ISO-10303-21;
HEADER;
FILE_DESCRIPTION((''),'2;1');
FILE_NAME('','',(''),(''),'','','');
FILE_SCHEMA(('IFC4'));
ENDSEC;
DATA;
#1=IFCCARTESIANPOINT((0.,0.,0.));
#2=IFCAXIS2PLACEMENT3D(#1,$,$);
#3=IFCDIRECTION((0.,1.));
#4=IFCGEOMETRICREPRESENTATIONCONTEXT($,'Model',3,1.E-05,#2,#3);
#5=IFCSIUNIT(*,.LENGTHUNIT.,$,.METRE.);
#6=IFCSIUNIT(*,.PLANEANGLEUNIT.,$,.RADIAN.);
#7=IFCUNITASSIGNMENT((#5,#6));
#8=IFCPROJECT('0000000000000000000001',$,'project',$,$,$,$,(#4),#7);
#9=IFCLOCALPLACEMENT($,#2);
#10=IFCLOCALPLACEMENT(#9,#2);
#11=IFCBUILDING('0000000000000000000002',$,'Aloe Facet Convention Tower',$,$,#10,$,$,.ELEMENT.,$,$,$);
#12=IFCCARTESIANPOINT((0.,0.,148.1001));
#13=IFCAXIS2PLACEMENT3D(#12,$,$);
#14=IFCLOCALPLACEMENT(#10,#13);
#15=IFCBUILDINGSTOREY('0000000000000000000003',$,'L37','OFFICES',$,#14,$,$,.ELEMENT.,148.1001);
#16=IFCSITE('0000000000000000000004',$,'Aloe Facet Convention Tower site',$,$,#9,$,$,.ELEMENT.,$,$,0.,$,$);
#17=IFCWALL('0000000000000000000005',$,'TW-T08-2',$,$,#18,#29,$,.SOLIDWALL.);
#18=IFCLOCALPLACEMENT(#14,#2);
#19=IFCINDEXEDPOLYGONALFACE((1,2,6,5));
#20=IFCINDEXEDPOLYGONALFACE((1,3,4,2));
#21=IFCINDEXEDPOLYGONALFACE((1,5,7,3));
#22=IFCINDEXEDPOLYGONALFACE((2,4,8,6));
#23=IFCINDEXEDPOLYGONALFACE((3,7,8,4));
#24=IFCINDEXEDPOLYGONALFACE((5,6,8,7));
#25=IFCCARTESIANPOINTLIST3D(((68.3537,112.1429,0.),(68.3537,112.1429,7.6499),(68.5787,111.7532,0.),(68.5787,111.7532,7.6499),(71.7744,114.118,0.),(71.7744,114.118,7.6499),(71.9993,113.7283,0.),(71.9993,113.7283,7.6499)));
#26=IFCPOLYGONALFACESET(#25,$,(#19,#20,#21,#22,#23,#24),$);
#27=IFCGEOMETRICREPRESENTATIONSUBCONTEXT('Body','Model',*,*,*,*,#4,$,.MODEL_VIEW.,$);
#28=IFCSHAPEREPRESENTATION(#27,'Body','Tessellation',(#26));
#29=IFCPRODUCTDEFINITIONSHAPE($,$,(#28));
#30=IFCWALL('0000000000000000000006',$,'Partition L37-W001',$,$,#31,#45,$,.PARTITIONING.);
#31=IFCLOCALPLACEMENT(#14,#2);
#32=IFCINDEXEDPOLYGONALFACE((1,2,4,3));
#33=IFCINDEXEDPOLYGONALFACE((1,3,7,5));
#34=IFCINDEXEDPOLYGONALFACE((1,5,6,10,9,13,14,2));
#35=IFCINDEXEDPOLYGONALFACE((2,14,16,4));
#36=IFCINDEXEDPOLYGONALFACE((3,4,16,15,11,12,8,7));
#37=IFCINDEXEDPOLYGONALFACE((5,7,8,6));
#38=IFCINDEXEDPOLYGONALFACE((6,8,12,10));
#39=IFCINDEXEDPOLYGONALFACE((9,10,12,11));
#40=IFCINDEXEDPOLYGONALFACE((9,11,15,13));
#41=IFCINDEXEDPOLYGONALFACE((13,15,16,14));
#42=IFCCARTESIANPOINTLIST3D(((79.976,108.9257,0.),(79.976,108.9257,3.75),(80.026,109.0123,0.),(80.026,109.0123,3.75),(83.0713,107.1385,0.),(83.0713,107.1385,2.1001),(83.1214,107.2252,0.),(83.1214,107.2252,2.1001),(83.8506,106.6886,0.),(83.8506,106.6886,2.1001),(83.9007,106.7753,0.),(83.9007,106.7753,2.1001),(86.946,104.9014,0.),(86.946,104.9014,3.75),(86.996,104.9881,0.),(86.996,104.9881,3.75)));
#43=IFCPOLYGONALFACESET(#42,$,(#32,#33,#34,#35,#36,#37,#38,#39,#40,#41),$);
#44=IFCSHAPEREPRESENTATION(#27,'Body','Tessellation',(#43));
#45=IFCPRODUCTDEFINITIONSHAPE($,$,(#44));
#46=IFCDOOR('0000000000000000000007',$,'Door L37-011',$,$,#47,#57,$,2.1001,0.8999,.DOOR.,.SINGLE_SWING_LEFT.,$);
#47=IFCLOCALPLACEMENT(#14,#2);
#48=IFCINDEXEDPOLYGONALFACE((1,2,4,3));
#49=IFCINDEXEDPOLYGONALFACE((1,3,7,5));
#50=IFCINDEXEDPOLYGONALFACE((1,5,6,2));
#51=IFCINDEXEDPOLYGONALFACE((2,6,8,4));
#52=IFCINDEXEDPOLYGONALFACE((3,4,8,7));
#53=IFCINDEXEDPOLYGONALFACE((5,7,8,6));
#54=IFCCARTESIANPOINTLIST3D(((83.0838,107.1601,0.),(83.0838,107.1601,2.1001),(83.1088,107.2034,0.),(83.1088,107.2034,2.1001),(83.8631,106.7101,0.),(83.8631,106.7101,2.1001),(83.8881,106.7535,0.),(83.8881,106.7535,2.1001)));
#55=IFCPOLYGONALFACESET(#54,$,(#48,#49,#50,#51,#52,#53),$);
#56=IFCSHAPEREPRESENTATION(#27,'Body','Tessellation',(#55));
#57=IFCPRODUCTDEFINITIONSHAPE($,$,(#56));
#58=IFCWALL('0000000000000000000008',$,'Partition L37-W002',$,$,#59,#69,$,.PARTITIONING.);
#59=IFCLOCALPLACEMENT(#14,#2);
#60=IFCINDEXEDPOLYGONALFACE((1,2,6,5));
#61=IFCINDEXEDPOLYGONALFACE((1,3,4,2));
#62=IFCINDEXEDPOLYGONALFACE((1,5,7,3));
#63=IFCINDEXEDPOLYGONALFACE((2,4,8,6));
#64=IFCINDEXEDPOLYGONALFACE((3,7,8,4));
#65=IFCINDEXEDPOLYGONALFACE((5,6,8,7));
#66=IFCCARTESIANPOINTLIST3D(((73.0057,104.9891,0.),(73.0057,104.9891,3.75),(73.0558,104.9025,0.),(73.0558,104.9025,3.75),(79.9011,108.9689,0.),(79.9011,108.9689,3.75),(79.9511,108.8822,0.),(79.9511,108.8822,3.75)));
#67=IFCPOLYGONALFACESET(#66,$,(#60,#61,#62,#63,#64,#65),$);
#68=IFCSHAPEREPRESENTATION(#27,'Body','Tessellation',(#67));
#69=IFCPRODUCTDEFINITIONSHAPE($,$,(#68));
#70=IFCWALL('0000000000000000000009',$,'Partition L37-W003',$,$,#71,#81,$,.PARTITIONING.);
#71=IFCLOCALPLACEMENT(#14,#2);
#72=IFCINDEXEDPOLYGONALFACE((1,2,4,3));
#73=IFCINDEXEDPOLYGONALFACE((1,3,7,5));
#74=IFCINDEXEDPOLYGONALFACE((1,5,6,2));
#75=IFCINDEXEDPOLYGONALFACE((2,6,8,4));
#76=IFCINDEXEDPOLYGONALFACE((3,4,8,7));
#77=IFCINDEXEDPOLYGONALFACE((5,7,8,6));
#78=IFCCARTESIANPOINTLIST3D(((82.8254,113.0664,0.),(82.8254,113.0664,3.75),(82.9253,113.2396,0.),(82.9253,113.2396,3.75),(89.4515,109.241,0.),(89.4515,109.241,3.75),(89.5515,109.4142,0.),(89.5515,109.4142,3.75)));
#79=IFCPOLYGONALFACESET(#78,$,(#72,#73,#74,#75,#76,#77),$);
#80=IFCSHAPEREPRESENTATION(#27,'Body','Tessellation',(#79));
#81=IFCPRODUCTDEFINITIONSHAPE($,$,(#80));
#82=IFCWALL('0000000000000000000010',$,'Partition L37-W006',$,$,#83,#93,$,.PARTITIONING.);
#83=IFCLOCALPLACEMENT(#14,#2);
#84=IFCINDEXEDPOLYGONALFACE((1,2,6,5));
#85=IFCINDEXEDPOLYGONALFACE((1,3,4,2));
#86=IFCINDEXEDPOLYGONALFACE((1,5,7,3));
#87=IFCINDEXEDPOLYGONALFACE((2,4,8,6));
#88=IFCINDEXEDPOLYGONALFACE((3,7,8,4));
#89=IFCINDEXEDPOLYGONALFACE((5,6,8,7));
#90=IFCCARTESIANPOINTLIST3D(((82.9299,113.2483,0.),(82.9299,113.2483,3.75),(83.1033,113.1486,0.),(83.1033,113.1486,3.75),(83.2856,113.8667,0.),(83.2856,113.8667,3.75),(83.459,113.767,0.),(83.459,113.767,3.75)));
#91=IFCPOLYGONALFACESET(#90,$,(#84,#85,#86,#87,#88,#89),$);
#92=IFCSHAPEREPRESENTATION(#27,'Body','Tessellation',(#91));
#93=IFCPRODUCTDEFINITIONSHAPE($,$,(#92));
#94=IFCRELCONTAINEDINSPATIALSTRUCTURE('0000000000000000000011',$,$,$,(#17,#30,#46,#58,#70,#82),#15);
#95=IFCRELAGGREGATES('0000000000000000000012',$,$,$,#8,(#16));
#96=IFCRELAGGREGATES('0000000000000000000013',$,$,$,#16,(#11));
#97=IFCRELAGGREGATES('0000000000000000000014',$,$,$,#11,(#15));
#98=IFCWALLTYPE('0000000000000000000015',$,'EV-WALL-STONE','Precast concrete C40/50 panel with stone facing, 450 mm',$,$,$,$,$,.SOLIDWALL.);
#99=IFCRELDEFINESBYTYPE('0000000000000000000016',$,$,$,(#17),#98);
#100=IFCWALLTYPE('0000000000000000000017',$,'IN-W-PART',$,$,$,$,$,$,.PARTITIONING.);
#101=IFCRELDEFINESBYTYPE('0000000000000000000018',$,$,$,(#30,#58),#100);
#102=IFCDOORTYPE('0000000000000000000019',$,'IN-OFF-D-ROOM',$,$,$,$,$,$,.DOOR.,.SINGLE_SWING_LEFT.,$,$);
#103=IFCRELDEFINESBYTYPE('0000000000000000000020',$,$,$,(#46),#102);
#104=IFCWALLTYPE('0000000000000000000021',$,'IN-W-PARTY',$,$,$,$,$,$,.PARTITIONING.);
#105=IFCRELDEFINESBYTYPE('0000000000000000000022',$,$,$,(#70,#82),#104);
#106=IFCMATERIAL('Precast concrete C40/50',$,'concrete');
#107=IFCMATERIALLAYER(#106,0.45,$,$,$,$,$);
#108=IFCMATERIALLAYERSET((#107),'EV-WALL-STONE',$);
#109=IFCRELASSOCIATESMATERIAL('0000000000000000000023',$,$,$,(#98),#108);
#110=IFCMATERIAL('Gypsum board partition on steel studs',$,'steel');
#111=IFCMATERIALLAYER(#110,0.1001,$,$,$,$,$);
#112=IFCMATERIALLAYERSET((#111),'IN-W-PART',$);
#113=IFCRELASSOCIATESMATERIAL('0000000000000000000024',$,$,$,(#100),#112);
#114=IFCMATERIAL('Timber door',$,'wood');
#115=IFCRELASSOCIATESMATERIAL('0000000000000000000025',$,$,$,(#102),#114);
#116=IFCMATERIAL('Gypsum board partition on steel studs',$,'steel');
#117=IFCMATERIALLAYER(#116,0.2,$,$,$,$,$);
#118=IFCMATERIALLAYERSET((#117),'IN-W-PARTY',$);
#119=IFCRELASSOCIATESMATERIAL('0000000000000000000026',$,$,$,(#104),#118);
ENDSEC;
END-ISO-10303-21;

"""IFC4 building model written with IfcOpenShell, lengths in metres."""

from ifc_helpers import new_model, si_unit, direction, frame, frame_2d, origin, place, context, subcontext, project, spatial, rectangle, extrude, material, layer, layer_set, type_object, element, fill, save


model = new_model("IFC4")

# Units and contexts
model_context = context("Model", 3, precision=1e-05, world=origin(), true_north=direction((0.0, 1.0)))
body_context = subcontext(model_context, "Body", "Model", "MODEL_VIEW")
ifc_project = project(units=[si_unit("LENGTHUNIT", "METRE"), si_unit("PLANEANGLEUNIT", "RADIAN")], contexts=[model_context])

# Site, building, storey
site_placement = place(None, origin())
site = spatial("IfcSite", under=ifc_project, at=site_placement, Name="Aloe Facet Convention Tower site", CompositionType="ELEMENT", RefElevation=0.0)
building_placement = place(site_placement, origin())
building = spatial("IfcBuilding", under=site, at=building_placement, Name="Aloe Facet Convention Tower", CompositionType="ELEMENT")
storey_placement = place(building_placement, frame((0.0, 0.0, 148.1001)))
storey = spatial("IfcBuildingStorey", under=building, at=storey_placement, Name="L37", Description="OFFICES", CompositionType="ELEMENT", Elevation=148.1001)

# Shared definitions
ifc_material_1 = material(Name="Precast concrete C40/50", Category="concrete")
ifc_layer_1 = layer(ifc_material_1, 0.45)
ifc_layer_set_1 = layer_set([ifc_layer_1], Name="EV-WALL-STONE")
wall_type_1 = type_object("IfcWallType", Name="EV-WALL-STONE", Description="Precast concrete C40/50 panel with stone facing, 450 mm", PredefinedType="SOLIDWALL", material=ifc_layer_set_1)

# Wall
wall_1_placement = place(storey_placement, frame((68.4661, 111.948, 0.0), z_axis=(0.0, 0.0, 1.0), x_axis=(0.866005, 0.500035, 0.0)))
element("IfcWall", 1, at=wall_1_placement, inside=storey, type_object=wall_type_1, Name="TW-T08-2", PredefinedType="SOLIDWALL", context=body_context, shape_type="SweptSolid", body=[
    extrude(rectangle(XDim=3.95, YDim=0.45, at=frame_2d((1.9751, 0.0))), origin(), (0.0, 0.0, 1.0), 7.6499),
])

# Wall, opening, door
ifc_material_2 = material(Name="Gypsum board partition on steel studs", Category="steel")
ifc_layer_2 = layer(ifc_material_2, 0.1001)
ifc_layer_set_2 = layer_set([ifc_layer_2], Name="IN-W-PART")
wall_type_2 = type_object("IfcWallType", Name="IN-W-PART", PredefinedType="PARTITIONING", material=ifc_layer_set_2)
wall_2_placement = place(storey_placement, frame((80.001, 108.969, 0.0), z_axis=(0.0, 0.0, 1.0), x_axis=(0.866022, -0.500005, 0.0)))
wall_2 = element("IfcWall", 2, at=wall_2_placement, inside=storey, type_object=wall_type_2, Name="Partition L37-W001", PredefinedType="PARTITIONING", context=body_context, shape_type="SweptSolid", body=[
    extrude(rectangle(XDim=8.0483, YDim=0.1001, at=frame_2d((4.0242, 0.0))), origin(), (0.0, 0.0, 1.0), 3.75),
])
opening_1_placement = place(wall_2_placement, frame((3.5742, 0.0, 0.0)))
opening_1 = element("IfcOpeningElement", 3, at=opening_1_placement, cuts=wall_2, PredefinedType="OPENING", context=body_context, shape_type="SweptSolid", body=[
    extrude(rectangle(XDim=0.8999, YDim=2.1001, at=frame_2d((0.45, 1.05))), frame((0.0, 0.0601, 0.0), z_axis=(0.0, -1.0, 0.0), x_axis=(1.0, 0.0, 0.0)), (0.0, 0.0, 1.0), 0.1201),
])
ifc_material_3 = material(Name="Timber door", Category="wood")
door_type = type_object("IfcDoorType", Name="IN-OFF-D-ROOM", OperationType="SINGLE_SWING_LEFT", PredefinedType="DOOR", material=ifc_material_3)
door_placement = place(opening_1_placement, origin())
door = element("IfcDoor", 4, at=door_placement, inside=storey, type_object=door_type, Name="Door L37-011", OperationType="SINGLE_SWING_LEFT", OverallHeight=2.1001, OverallWidth=0.8999, PredefinedType="DOOR", context=body_context, shape_type="SweptSolid", body=[
    extrude(rectangle(XDim=0.8999, YDim=2.1001, at=frame_2d((0.45, 1.05))), frame((0.0, 0.0249, 0.0), z_axis=(0.0, -1.0, 0.0), x_axis=(1.0, 0.0, 0.0)), (0.0, 0.0, 1.0), 0.05),
])
fill(opening_1, door)

# Walls
wall_3_placement = place(storey_placement, frame((73.0308, 104.9458, 0.0), z_axis=(0.0, 0.0, 1.0), x_axis=(0.866093, 0.499883, 0.0)))
element("IfcWall", 5, at=wall_3_placement, inside=storey, type_object=wall_type_2, Name="Partition L37-W002", PredefinedType="PARTITIONING", context=body_context, shape_type="SweptSolid", body=[
    extrude(rectangle(XDim=7.9614, YDim=0.1001, at=frame_2d((3.9807, 0.0))), origin(), (0.0, 0.0, 1.0), 3.75),
])
ifc_material_4 = material(Name="Gypsum board partition on steel studs", Category="steel")
ifc_layer_3 = layer(ifc_material_4, 0.2)
ifc_layer_set_3 = layer_set([ifc_layer_3], Name="IN-W-PARTY")
wall_type_3 = type_object("IfcWallType", Name="IN-W-PARTY", PredefinedType="PARTITIONING", material=ifc_layer_set_3)
wall_4_placement = place(storey_placement, frame((82.8752, 113.1531, 0.0), z_axis=(0.0, 0.0, 1.0), x_axis=(0.866037, -0.499979, 0.0)))
element("IfcWall", 6, at=wall_4_placement, inside=storey, type_object=wall_type_3, Name="Partition L37-W003", PredefinedType="PARTITIONING", context=body_context, shape_type="SweptSolid", body=[
    extrude(rectangle(XDim=7.6511, YDim=0.2, at=frame_2d((3.8257, 0.0))), origin(), (0.0, 0.0, 1.0), 3.75),
])
wall_5_placement = place(storey_placement, frame((83.0166, 113.1985, 0.0), z_axis=(0.0, 0.0, 1.0), x_axis=(0.498606, 0.866829, 0.0)))
element("IfcWall", 7, at=wall_5_placement, inside=storey, type_object=wall_type_3, Name="Partition L37-W006", PredefinedType="PARTITIONING", context=body_context, shape_type="SweptSolid", body=[
    extrude(rectangle(XDim=0.7134, YDim=0.2, at=frame_2d((0.3567, 0.0))), origin(), (0.0, 0.0, 1.0), 3.75),
])

save(model, "model.ifc")
